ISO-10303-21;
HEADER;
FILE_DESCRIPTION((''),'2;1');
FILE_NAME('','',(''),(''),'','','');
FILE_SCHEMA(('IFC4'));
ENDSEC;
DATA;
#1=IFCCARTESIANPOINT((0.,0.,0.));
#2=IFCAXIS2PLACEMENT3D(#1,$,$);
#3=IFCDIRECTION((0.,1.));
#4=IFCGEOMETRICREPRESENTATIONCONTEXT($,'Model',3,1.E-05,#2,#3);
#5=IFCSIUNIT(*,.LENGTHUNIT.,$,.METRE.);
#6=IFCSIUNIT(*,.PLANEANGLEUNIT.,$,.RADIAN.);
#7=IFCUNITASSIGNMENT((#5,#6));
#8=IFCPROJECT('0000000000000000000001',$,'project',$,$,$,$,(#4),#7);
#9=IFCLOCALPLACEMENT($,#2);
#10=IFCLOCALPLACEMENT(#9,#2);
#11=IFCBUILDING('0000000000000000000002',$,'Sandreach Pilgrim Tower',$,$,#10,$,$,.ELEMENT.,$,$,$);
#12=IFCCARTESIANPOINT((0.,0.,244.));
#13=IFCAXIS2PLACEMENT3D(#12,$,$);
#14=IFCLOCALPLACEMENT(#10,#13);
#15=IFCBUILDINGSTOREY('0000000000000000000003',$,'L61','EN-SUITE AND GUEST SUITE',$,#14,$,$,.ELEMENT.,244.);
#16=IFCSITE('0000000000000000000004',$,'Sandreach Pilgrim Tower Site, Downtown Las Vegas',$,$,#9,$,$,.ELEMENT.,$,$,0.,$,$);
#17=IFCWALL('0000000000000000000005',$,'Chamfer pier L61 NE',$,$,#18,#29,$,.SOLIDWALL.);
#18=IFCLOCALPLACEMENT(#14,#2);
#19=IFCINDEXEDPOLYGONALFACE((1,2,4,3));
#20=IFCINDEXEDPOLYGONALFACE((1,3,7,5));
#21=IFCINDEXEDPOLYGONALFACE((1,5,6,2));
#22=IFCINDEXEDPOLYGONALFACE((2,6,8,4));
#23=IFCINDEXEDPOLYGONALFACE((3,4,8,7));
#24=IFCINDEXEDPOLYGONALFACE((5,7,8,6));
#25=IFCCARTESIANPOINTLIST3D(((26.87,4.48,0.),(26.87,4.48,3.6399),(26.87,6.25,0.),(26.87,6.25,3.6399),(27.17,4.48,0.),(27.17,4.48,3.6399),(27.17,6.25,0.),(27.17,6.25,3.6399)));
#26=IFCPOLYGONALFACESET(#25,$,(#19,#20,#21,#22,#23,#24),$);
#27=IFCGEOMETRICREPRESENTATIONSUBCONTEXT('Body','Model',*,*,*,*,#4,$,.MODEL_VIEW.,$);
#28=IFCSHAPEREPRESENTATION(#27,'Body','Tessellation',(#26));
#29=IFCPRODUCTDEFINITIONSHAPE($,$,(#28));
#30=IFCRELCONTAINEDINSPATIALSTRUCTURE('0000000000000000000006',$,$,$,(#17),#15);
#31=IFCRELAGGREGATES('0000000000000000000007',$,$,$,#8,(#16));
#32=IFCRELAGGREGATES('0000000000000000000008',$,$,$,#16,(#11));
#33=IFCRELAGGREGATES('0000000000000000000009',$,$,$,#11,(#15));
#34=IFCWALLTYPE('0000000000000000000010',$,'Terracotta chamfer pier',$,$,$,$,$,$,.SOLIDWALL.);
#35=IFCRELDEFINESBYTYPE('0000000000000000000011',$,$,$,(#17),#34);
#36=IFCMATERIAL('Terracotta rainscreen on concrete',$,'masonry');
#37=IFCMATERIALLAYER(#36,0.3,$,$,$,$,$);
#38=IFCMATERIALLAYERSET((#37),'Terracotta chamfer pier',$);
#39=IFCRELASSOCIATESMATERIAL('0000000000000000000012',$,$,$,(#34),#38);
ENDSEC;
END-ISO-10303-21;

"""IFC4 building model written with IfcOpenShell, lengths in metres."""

from ifc_helpers import new_model, si_unit, direction, frame, frame_2d, origin, place, context, subcontext, project, spatial, rectangle, extrude, material, layer, layer_set, type_object, element, save


model = new_model("IFC4")

# Units and contexts
model_context = context("Model", 3, precision=1e-05, world=origin(), true_north=direction((0.0, 1.0)))
body_context = subcontext(model_context, "Body", "Model", "MODEL_VIEW")
ifc_project = project(units=[si_unit("LENGTHUNIT", "METRE"), si_unit("PLANEANGLEUNIT", "RADIAN")], contexts=[model_context])

# Site, building, storey
site_placement = place(None, origin())
site = spatial("IfcSite", under=ifc_project, at=site_placement, Name="Sandreach Pilgrim Tower Site, Downtown Las Vegas", CompositionType="ELEMENT", RefElevation=0.0)
building_placement = place(site_placement, origin())
building = spatial("IfcBuilding", under=site, at=building_placement, Name="Sandreach Pilgrim Tower", CompositionType="ELEMENT")
storey_placement = place(building_placement, frame((0.0, 0.0, 244.0)))
storey = spatial("IfcBuildingStorey", under=building, at=storey_placement, Name="L61", Description="EN-SUITE AND GUEST SUITE", CompositionType="ELEMENT", Elevation=244.0)

# Wall
ifc_material_1 = material(Name="Terracotta rainscreen on concrete", Category="masonry")
ifc_layer_1 = layer(ifc_material_1, 0.3)
ifc_layer_set_1 = layer_set([ifc_layer_1], Name="Terracotta chamfer pier")
wall_type_1 = type_object("IfcWallType", Name="Terracotta chamfer pier", PredefinedType="SOLIDWALL", material=ifc_layer_set_1)
wall_1_placement = place(storey_placement, frame((27.02, 6.25, 0.0), z_axis=(0.0, 0.0, 1.0), x_axis=(0.0, -1.0, 0.0)))
element("IfcWall", 1, at=wall_1_placement, inside=storey, type_object=wall_type_1, Name="Chamfer pier L61 NE", PredefinedType="SOLIDWALL", context=body_context, shape_type="SweptSolid", body=[
    extrude(rectangle(XDim=1.77, YDim=0.3, at=frame_2d((0.885, 0.0))), origin(), (0.0, 0.0, 1.0), 3.6399),
])

save(model, "model.ifc")
